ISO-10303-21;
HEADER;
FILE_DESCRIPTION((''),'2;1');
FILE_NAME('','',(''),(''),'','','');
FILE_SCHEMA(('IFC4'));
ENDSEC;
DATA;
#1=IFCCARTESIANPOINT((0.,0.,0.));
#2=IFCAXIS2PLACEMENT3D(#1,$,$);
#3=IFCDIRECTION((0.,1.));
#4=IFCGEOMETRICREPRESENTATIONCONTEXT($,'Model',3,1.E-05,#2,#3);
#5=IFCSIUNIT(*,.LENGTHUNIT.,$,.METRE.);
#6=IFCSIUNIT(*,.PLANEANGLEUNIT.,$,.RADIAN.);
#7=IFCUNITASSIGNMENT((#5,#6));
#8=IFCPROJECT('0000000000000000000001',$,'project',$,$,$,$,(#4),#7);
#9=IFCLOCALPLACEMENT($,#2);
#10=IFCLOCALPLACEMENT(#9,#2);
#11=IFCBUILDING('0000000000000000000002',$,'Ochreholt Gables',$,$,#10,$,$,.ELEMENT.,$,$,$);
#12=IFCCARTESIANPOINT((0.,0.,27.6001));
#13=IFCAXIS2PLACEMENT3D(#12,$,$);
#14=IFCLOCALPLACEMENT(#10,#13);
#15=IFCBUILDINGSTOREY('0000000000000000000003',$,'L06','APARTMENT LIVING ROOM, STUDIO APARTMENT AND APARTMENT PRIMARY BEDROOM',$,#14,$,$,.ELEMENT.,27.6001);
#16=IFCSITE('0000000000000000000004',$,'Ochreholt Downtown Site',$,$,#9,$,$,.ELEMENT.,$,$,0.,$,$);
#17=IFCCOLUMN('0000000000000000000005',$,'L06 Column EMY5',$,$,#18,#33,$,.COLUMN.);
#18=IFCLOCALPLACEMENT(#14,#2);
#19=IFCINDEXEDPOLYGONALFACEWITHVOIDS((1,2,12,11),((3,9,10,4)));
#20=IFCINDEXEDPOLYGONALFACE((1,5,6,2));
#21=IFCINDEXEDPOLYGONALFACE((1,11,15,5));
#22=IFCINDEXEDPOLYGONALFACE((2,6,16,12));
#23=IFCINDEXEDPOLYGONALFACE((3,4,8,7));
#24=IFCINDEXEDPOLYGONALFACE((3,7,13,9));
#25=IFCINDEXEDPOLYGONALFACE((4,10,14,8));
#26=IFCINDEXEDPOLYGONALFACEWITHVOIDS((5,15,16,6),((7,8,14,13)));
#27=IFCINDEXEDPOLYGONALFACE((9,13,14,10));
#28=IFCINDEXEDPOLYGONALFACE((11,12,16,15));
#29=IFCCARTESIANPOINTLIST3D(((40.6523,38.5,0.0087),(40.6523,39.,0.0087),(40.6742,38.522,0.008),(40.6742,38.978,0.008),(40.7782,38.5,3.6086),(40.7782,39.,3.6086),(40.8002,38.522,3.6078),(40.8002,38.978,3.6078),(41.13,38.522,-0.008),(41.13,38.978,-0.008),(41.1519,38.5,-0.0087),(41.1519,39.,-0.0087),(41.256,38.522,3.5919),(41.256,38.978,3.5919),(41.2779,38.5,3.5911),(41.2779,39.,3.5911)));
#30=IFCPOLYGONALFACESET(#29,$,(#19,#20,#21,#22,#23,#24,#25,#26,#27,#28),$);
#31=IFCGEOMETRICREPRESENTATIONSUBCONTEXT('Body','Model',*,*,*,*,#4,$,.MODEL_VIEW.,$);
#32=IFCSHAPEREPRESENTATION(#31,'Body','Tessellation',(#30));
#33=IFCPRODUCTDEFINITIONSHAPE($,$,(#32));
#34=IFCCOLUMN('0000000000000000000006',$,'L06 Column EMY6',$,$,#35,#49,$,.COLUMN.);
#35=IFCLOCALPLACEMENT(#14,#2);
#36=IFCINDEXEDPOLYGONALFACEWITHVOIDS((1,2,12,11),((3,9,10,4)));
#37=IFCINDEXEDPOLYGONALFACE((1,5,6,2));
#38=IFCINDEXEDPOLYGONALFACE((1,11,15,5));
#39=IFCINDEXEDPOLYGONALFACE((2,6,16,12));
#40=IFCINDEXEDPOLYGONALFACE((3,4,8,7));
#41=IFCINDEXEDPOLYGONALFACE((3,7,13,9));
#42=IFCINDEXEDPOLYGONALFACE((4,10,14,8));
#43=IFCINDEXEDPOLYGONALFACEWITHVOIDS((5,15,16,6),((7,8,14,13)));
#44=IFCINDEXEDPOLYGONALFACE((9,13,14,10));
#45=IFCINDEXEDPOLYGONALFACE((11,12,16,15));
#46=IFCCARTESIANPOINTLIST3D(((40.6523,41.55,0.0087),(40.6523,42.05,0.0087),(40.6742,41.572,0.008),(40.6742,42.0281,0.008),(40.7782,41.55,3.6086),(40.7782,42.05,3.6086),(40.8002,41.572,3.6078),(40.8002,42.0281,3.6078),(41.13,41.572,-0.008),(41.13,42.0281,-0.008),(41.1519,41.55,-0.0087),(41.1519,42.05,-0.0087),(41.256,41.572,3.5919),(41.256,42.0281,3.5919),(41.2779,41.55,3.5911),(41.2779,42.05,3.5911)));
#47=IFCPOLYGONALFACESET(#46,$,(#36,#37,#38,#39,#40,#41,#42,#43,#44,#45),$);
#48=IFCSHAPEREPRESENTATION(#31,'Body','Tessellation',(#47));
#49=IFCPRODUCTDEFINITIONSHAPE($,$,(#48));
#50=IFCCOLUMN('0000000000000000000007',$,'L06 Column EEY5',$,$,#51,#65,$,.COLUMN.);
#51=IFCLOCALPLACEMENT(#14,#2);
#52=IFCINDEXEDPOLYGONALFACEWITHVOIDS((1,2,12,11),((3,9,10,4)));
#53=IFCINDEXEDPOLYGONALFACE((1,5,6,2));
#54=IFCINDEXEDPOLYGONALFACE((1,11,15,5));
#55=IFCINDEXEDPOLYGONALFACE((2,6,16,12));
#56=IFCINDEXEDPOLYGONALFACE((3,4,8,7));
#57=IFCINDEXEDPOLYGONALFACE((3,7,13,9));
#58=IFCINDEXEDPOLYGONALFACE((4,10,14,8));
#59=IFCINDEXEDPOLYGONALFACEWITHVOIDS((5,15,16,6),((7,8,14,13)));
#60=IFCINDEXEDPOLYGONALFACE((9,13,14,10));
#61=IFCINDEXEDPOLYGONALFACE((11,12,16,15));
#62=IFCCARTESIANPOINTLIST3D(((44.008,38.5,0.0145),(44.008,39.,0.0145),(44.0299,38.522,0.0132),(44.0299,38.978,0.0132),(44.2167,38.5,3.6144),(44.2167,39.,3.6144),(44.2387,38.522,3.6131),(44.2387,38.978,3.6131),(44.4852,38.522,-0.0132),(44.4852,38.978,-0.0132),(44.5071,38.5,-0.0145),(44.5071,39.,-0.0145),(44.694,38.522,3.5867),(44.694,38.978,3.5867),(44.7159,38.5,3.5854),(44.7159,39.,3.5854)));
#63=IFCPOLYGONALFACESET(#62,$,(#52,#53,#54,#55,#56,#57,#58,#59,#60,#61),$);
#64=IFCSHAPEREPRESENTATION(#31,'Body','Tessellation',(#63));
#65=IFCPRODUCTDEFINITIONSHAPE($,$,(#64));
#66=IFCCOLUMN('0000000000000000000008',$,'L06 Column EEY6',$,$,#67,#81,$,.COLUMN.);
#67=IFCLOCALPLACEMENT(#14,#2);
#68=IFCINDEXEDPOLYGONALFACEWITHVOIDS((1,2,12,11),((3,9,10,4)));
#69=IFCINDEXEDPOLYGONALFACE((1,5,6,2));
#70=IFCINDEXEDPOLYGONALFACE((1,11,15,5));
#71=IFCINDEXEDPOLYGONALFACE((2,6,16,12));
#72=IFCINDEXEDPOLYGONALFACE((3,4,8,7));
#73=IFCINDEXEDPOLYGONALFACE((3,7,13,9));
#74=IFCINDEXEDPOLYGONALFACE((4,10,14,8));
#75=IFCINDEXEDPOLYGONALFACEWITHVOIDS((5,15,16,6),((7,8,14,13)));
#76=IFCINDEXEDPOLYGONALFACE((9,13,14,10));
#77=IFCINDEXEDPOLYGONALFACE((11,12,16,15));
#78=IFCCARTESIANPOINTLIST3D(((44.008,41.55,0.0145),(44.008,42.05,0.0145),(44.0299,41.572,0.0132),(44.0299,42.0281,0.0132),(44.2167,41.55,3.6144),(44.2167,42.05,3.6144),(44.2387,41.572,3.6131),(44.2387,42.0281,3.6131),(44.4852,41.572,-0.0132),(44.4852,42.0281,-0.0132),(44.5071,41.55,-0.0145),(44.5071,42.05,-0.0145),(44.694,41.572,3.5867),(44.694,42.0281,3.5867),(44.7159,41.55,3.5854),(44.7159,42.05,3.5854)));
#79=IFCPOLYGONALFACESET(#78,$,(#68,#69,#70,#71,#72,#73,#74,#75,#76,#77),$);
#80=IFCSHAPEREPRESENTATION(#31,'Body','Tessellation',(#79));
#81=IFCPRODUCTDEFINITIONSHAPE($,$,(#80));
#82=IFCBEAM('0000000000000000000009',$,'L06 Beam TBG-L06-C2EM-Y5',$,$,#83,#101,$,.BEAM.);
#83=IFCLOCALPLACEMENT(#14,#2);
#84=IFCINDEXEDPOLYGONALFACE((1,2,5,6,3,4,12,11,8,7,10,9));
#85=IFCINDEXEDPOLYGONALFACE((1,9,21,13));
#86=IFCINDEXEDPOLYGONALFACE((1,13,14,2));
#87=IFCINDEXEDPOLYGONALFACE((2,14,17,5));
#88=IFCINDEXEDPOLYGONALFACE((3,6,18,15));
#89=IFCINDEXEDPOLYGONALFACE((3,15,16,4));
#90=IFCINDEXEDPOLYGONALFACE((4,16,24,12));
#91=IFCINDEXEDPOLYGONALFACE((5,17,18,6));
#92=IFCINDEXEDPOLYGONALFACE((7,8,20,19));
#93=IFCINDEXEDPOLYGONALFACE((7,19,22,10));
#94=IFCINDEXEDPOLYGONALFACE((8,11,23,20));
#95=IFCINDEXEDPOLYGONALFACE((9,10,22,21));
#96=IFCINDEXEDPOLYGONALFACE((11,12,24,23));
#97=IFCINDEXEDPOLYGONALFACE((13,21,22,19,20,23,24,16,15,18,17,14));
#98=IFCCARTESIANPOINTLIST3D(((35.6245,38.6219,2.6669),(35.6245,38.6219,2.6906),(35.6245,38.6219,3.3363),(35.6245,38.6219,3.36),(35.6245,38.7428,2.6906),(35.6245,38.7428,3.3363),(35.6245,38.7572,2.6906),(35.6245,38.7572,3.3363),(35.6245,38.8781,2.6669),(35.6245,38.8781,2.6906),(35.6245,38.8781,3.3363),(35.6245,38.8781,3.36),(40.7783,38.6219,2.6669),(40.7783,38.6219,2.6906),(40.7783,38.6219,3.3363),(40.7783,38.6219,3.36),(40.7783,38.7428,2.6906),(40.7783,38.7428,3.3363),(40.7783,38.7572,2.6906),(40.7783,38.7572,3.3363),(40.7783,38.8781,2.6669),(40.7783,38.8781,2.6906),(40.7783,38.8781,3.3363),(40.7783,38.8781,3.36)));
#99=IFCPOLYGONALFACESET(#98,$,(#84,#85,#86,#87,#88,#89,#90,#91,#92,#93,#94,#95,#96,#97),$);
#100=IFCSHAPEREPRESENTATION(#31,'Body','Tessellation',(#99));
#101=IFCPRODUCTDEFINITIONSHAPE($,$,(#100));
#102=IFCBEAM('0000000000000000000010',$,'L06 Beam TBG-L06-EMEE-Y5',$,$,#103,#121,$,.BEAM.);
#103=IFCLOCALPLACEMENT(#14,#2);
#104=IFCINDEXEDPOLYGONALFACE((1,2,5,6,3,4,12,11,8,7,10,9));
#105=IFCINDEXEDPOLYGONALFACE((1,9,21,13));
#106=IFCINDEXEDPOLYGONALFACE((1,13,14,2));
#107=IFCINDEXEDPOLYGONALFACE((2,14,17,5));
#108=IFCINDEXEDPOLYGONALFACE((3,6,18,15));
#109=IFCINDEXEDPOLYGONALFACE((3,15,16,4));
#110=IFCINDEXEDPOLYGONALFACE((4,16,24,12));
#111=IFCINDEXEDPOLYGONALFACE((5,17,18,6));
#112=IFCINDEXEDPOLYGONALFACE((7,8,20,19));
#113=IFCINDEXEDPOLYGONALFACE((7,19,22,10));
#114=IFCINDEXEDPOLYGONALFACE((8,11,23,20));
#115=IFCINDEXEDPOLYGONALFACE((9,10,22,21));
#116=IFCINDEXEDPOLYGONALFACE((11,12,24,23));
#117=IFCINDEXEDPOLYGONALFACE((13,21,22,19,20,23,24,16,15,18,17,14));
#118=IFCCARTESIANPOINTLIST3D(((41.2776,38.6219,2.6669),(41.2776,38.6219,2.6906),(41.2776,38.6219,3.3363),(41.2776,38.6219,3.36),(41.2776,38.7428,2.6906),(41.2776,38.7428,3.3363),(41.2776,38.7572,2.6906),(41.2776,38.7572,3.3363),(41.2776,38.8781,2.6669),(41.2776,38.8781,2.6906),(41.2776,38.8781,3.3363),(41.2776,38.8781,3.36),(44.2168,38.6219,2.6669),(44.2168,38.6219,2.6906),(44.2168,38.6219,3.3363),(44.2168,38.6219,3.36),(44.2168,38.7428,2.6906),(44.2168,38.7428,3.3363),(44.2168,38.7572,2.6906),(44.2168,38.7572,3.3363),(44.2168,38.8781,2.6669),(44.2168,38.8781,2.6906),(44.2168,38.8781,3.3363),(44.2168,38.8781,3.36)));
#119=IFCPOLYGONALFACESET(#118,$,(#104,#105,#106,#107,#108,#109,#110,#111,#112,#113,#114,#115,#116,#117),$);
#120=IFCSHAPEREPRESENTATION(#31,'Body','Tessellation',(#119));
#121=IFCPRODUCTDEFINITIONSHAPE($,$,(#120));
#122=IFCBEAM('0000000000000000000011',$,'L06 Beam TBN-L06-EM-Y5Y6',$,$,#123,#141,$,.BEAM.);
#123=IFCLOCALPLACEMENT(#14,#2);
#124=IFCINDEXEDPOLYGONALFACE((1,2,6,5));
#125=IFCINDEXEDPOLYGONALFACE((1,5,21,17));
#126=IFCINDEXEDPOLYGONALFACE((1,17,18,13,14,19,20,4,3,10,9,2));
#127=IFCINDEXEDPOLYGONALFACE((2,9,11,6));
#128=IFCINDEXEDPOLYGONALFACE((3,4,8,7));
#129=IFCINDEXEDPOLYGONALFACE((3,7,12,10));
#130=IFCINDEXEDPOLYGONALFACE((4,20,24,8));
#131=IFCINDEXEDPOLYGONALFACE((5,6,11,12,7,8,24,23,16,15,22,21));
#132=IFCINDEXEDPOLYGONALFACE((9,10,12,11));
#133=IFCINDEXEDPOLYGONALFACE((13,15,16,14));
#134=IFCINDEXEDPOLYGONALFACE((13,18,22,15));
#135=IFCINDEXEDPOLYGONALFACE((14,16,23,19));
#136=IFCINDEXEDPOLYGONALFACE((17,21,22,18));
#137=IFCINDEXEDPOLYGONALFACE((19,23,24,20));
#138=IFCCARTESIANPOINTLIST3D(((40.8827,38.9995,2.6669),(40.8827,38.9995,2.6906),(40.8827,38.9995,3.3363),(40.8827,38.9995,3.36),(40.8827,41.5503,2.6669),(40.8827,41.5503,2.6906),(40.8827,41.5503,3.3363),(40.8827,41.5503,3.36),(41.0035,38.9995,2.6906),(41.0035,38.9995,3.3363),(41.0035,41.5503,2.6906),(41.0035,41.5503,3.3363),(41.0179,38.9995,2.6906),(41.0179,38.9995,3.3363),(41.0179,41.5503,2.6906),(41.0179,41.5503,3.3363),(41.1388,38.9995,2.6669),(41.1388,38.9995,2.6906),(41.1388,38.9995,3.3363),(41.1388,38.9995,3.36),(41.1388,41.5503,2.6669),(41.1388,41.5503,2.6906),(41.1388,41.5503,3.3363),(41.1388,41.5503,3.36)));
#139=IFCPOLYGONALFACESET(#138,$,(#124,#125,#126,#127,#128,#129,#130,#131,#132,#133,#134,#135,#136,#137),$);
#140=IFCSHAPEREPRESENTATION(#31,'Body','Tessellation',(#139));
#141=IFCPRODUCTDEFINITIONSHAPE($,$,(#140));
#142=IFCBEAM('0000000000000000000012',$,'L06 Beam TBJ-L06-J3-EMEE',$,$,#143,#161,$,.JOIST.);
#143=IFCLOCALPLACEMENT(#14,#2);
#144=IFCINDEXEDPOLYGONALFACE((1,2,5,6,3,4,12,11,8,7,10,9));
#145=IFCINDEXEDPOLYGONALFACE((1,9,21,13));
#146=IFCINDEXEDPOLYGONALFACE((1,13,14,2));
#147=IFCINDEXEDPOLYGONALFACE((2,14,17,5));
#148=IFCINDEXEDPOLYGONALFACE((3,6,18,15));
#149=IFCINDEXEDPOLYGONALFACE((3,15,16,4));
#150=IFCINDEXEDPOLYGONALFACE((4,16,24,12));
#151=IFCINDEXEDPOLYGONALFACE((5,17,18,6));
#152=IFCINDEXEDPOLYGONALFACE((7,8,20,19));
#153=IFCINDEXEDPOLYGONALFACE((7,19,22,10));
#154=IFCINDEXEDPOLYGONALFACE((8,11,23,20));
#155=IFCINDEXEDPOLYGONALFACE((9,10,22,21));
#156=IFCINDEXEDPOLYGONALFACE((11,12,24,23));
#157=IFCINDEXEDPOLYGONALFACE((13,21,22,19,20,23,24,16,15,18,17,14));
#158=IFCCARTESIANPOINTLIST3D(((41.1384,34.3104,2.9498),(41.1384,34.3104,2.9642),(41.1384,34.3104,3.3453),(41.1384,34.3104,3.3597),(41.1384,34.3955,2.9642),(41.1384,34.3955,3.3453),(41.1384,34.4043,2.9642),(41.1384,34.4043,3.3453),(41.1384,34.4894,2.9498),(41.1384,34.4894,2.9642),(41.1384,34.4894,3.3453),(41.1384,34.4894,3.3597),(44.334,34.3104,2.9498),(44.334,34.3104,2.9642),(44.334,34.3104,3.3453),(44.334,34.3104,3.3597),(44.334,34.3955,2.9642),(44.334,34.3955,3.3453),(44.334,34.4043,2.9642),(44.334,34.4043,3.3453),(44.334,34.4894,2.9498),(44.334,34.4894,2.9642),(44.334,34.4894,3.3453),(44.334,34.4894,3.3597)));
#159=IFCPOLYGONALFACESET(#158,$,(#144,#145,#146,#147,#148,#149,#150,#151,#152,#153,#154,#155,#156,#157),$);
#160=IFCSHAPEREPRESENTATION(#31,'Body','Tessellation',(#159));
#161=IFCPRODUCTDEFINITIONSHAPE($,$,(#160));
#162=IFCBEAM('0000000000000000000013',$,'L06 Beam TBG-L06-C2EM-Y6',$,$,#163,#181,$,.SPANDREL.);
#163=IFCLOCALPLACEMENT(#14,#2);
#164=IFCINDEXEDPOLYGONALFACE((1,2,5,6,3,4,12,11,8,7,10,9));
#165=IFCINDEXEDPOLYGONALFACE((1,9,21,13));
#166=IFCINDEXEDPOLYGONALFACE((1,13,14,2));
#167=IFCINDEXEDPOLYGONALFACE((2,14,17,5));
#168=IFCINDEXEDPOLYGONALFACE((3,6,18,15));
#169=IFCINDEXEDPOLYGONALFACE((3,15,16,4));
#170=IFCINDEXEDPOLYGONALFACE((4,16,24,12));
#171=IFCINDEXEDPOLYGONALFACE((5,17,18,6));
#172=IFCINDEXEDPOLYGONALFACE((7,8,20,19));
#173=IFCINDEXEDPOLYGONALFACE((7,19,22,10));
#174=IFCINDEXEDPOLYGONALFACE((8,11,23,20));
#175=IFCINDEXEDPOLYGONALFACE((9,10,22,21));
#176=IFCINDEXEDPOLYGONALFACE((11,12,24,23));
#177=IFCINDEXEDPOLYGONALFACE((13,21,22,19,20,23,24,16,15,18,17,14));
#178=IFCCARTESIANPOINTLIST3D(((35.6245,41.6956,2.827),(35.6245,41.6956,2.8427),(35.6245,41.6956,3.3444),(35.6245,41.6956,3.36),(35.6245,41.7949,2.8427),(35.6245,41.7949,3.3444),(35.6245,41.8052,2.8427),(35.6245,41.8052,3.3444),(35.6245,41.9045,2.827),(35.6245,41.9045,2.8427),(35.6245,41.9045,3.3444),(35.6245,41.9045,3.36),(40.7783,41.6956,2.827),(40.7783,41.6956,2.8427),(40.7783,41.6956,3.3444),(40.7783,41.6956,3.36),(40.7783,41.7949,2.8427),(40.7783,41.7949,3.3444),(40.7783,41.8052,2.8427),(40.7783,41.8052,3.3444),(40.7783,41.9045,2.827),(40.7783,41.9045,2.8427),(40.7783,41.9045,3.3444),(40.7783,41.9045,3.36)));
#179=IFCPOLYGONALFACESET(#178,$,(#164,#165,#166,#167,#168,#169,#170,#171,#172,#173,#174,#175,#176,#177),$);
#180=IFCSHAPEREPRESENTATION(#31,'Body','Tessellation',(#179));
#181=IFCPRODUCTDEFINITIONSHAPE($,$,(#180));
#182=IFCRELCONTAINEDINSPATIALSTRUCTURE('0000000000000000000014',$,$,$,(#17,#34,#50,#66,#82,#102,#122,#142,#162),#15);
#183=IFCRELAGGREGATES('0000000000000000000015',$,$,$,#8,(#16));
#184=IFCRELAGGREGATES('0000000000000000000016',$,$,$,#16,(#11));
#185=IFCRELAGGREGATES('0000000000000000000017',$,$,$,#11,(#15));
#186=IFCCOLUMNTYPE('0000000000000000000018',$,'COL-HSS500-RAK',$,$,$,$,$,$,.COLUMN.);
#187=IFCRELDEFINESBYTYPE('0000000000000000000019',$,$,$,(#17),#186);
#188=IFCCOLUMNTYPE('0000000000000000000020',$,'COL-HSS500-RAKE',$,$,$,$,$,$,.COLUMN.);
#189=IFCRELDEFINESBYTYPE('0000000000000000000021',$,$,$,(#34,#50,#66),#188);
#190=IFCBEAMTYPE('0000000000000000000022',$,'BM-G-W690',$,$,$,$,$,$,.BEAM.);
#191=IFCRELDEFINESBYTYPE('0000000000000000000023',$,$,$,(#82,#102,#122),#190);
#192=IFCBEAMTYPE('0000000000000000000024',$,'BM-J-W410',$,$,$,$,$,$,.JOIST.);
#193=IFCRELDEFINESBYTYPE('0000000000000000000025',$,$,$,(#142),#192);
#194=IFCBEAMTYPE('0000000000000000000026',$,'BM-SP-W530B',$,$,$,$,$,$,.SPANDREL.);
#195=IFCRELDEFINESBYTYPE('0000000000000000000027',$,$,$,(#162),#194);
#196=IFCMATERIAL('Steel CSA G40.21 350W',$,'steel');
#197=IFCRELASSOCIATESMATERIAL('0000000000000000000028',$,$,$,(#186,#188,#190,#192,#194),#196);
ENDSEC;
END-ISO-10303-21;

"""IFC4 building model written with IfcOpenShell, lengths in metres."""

from ifc_helpers import new_model, si_unit, direction, frame, origin, origin_2d, place, context, subcontext, project, spatial, hollow_rectangle, i_section, extrude, material, material_profile, profile_set, type_object, element, save


model = new_model("IFC4")

# Units and contexts
model_context = context("Model", 3, precision=1e-05, world=origin(), true_north=direction((0.0, 1.0)))
body_context = subcontext(model_context, "Body", "Model", "MODEL_VIEW")
ifc_project = project(units=[si_unit("LENGTHUNIT", "METRE"), si_unit("PLANEANGLEUNIT", "RADIAN")], contexts=[model_context])

# Site, building, storey
site_placement = place(None, origin())
site = spatial("IfcSite", under=ifc_project, at=site_placement, Name="Ochreholt Downtown Site", CompositionType="ELEMENT", RefElevation=0.0)
building_placement = place(site_placement, origin())
building = spatial("IfcBuilding", under=site, at=building_placement, Name="Ochreholt Gables", CompositionType="ELEMENT")
storey_placement = place(building_placement, frame((0.0, 0.0, 27.6001)))
storey = spatial("IfcBuildingStorey", under=building, at=storey_placement, Name="L06", Description="APARTMENT LIVING ROOM, STUDIO APARTMENT AND APARTMENT PRIMARY BEDROOM", CompositionType="ELEMENT", Elevation=27.6001)

# Columns
ifc_material_1 = material(Name="Steel CSA G40.21 350W", Category="steel")
ifc_material_profile_1 = material_profile(ifc_material_1, hollow_rectangle(XDim=0.5, YDim=0.5, WallThickness=0.022, at=origin_2d()), Name="HSS500X500X22")
ifc_profile_set_1 = profile_set([ifc_material_profile_1], Name="Steel CSA G40.21 350W")
column_type_1 = type_object("IfcColumnType", Name="COL-HSS500-RAK", PredefinedType="COLUMN", material=ifc_profile_set_1)
column_1_placement = place(storey_placement, frame((40.9021, 38.75, 0.0), z_axis=(0.034974, 0.0, 0.999388), x_axis=(0.0, 1.0, 0.0)))
element("IfcColumn", 1, at=column_1_placement, inside=storey, type_object=column_type_1, Name="L06 Column EMY5", PredefinedType="COLUMN", context=body_context, shape_type="SweptSolid", body=[
    extrude(hollow_rectangle(XDim=0.5, YDim=0.5, WallThickness=0.022, at=origin_2d()), origin(), (0.0, 0.0, 1.0), 3.6021),
])
ifc_material_profile_2 = material_profile(ifc_material_1, hollow_rectangle(XDim=0.5, YDim=0.5, WallThickness=0.022, at=origin_2d()), Name="HSS500X500X22")
ifc_profile_set_2 = profile_set([ifc_material_profile_2], Name="Steel CSA G40.21 350W")
column_type_2 = type_object("IfcColumnType", Name="COL-HSS500-RAKE", PredefinedType="COLUMN", material=ifc_profile_set_2)
column_2_placement = place(storey_placement, frame((40.9021, 41.8, 0.0), z_axis=(0.034974, 0.0, 0.999388), x_axis=(0.0, 1.0, 0.0)))
element("IfcColumn", 2, at=column_2_placement, inside=storey, type_object=column_type_2, Name="L06 Column EMY6", PredefinedType="COLUMN", context=body_context, shape_type="SweptSolid", body=[
    extrude(hollow_rectangle(XDim=0.5, YDim=0.5, WallThickness=0.022, at=origin_2d()), origin(), (0.0, 0.0, 1.0), 3.6021),
])
for number, where, z_axis, x_axis, name in (
    (3, (44.2576, 38.75, 0.0), (0.057889, 0.0, 0.998323), (0.0, 1.0, 0.0), "L06 Column EEY5"),
    (4, (44.2576, 41.8, 0.0), (0.057889, 0.0, 0.998323), (0.0, 1.0, 0.0), "L06 Column EEY6"),
):
    element("IfcColumn", number, at=place(storey_placement, frame(where, z_axis=z_axis, x_axis=x_axis)), inside=storey, type_object=column_type_2, Name=name, PredefinedType="COLUMN", context=body_context, shape_type="SweptSolid", body=[
        extrude(hollow_rectangle(XDim=0.5, YDim=0.5, WallThickness=0.022, at=origin_2d()), origin(), (0.0, 0.0, 1.0), 3.606),
    ])

# Beams
ifc_material_profile_3 = material_profile(ifc_material_1, i_section(OverallWidth=0.2561, OverallDepth=0.6931, WebThickness=0.0144, FlangeThickness=0.0237, at=origin_2d()), Name="W690X170")
ifc_profile_set_3 = profile_set([ifc_material_profile_3], Name="Steel CSA G40.21 350W")
beam_type_1 = type_object("IfcBeamType", Name="BM-G-W690", PredefinedType="BEAM", material=ifc_profile_set_3)
beam_1_placement = place(storey_placement, frame((35.6245, 38.75, 3.0134), z_axis=(1.0, 0.0, 0.0), x_axis=(0.0, 1.0, 0.0)))
element("IfcBeam", 5, at=beam_1_placement, inside=storey, type_object=beam_type_1, Name="L06 Beam TBG-L06-C2EM-Y5", PredefinedType="BEAM", context=body_context, shape_type="SweptSolid", body=[
    extrude(i_section(OverallWidth=0.2561, OverallDepth=0.6931, WebThickness=0.0144, FlangeThickness=0.0237, at=origin_2d()), origin(), (0.0, 0.0, 1.0), 5.1538),
])
beam_2_placement = place(storey_placement, frame((41.2776, 38.75, 3.0134), z_axis=(1.0, 0.0, 0.0), x_axis=(0.0, 1.0, 0.0)))
element("IfcBeam", 6, at=beam_2_placement, inside=storey, type_object=beam_type_1, Name="L06 Beam TBG-L06-EMEE-Y5", PredefinedType="BEAM", context=body_context, shape_type="SweptSolid", body=[
    extrude(i_section(OverallWidth=0.2561, OverallDepth=0.6931, WebThickness=0.0144, FlangeThickness=0.0237, at=origin_2d()), origin(), (0.0, 0.0, 1.0), 2.9392),
])
beam_3_placement = place(storey_placement, frame((41.0107, 38.9995, 3.0134), z_axis=(0.0, 1.0, 0.0), x_axis=(-1.0, 0.0, 0.0)))
element("IfcBeam", 7, at=beam_3_placement, inside=storey, type_object=beam_type_1, Name="L06 Beam TBN-L06-EM-Y5Y6", PredefinedType="BEAM", context=body_context, shape_type="SweptSolid", body=[
    extrude(i_section(OverallWidth=0.2561, OverallDepth=0.6931, WebThickness=0.0144, FlangeThickness=0.0237, at=origin_2d()), origin(), (0.0, 0.0, 1.0), 2.5508),
])
ifc_material_profile_4 = material_profile(ifc_material_1, i_section(OverallWidth=0.179, OverallDepth=0.4099, WebThickness=0.0088, FlangeThickness=0.0144, at=origin_2d()), Name="W410X67")
ifc_profile_set_4 = profile_set([ifc_material_profile_4], Name="Steel CSA G40.21 350W")
beam_type_2 = type_object("IfcBeamType", Name="BM-J-W410", PredefinedType="JOIST", material=ifc_profile_set_4)
beam_4_placement = place(storey_placement, frame((41.1384, 34.3999, 3.1548), z_axis=(1.0, 0.0, 0.0), x_axis=(0.0, 1.0, 0.0)))
element("IfcBeam", 8, at=beam_4_placement, inside=storey, type_object=beam_type_2, Name="L06 Beam TBJ-L06-J3-EMEE", PredefinedType="JOIST", context=body_context, shape_type="SweptSolid", body=[
    extrude(i_section(OverallWidth=0.179, OverallDepth=0.4099, WebThickness=0.0088, FlangeThickness=0.0144, at=origin_2d()), origin(), (0.0, 0.0, 1.0), 3.1956),
])
ifc_material_profile_5 = material_profile(ifc_material_1, i_section(OverallWidth=0.209, OverallDepth=0.533, WebThickness=0.0103, FlangeThickness=0.0156, at=origin_2d()), Name="W530X92")
ifc_profile_set_5 = profile_set([ifc_material_profile_5], Name="Steel CSA G40.21 350W")
beam_type_3 = type_object("IfcBeamType", Name="BM-SP-W530B", PredefinedType="SPANDREL", material=ifc_profile_set_5)
beam_5_placement = place(storey_placement, frame((35.6245, 41.8, 3.0935), z_axis=(1.0, 0.0, 0.0), x_axis=(0.0, 1.0, 0.0)))
element("IfcBeam", 9, at=beam_5_placement, inside=storey, type_object=beam_type_3, Name="L06 Beam TBG-L06-C2EM-Y6", PredefinedType="SPANDREL", context=body_context, shape_type="SweptSolid", body=[
    extrude(i_section(OverallWidth=0.209, OverallDepth=0.533, WebThickness=0.0103, FlangeThickness=0.0156, at=origin_2d()), origin(), (0.0, 0.0, 1.0), 5.1538),
])

save(model, "model.ifc")
